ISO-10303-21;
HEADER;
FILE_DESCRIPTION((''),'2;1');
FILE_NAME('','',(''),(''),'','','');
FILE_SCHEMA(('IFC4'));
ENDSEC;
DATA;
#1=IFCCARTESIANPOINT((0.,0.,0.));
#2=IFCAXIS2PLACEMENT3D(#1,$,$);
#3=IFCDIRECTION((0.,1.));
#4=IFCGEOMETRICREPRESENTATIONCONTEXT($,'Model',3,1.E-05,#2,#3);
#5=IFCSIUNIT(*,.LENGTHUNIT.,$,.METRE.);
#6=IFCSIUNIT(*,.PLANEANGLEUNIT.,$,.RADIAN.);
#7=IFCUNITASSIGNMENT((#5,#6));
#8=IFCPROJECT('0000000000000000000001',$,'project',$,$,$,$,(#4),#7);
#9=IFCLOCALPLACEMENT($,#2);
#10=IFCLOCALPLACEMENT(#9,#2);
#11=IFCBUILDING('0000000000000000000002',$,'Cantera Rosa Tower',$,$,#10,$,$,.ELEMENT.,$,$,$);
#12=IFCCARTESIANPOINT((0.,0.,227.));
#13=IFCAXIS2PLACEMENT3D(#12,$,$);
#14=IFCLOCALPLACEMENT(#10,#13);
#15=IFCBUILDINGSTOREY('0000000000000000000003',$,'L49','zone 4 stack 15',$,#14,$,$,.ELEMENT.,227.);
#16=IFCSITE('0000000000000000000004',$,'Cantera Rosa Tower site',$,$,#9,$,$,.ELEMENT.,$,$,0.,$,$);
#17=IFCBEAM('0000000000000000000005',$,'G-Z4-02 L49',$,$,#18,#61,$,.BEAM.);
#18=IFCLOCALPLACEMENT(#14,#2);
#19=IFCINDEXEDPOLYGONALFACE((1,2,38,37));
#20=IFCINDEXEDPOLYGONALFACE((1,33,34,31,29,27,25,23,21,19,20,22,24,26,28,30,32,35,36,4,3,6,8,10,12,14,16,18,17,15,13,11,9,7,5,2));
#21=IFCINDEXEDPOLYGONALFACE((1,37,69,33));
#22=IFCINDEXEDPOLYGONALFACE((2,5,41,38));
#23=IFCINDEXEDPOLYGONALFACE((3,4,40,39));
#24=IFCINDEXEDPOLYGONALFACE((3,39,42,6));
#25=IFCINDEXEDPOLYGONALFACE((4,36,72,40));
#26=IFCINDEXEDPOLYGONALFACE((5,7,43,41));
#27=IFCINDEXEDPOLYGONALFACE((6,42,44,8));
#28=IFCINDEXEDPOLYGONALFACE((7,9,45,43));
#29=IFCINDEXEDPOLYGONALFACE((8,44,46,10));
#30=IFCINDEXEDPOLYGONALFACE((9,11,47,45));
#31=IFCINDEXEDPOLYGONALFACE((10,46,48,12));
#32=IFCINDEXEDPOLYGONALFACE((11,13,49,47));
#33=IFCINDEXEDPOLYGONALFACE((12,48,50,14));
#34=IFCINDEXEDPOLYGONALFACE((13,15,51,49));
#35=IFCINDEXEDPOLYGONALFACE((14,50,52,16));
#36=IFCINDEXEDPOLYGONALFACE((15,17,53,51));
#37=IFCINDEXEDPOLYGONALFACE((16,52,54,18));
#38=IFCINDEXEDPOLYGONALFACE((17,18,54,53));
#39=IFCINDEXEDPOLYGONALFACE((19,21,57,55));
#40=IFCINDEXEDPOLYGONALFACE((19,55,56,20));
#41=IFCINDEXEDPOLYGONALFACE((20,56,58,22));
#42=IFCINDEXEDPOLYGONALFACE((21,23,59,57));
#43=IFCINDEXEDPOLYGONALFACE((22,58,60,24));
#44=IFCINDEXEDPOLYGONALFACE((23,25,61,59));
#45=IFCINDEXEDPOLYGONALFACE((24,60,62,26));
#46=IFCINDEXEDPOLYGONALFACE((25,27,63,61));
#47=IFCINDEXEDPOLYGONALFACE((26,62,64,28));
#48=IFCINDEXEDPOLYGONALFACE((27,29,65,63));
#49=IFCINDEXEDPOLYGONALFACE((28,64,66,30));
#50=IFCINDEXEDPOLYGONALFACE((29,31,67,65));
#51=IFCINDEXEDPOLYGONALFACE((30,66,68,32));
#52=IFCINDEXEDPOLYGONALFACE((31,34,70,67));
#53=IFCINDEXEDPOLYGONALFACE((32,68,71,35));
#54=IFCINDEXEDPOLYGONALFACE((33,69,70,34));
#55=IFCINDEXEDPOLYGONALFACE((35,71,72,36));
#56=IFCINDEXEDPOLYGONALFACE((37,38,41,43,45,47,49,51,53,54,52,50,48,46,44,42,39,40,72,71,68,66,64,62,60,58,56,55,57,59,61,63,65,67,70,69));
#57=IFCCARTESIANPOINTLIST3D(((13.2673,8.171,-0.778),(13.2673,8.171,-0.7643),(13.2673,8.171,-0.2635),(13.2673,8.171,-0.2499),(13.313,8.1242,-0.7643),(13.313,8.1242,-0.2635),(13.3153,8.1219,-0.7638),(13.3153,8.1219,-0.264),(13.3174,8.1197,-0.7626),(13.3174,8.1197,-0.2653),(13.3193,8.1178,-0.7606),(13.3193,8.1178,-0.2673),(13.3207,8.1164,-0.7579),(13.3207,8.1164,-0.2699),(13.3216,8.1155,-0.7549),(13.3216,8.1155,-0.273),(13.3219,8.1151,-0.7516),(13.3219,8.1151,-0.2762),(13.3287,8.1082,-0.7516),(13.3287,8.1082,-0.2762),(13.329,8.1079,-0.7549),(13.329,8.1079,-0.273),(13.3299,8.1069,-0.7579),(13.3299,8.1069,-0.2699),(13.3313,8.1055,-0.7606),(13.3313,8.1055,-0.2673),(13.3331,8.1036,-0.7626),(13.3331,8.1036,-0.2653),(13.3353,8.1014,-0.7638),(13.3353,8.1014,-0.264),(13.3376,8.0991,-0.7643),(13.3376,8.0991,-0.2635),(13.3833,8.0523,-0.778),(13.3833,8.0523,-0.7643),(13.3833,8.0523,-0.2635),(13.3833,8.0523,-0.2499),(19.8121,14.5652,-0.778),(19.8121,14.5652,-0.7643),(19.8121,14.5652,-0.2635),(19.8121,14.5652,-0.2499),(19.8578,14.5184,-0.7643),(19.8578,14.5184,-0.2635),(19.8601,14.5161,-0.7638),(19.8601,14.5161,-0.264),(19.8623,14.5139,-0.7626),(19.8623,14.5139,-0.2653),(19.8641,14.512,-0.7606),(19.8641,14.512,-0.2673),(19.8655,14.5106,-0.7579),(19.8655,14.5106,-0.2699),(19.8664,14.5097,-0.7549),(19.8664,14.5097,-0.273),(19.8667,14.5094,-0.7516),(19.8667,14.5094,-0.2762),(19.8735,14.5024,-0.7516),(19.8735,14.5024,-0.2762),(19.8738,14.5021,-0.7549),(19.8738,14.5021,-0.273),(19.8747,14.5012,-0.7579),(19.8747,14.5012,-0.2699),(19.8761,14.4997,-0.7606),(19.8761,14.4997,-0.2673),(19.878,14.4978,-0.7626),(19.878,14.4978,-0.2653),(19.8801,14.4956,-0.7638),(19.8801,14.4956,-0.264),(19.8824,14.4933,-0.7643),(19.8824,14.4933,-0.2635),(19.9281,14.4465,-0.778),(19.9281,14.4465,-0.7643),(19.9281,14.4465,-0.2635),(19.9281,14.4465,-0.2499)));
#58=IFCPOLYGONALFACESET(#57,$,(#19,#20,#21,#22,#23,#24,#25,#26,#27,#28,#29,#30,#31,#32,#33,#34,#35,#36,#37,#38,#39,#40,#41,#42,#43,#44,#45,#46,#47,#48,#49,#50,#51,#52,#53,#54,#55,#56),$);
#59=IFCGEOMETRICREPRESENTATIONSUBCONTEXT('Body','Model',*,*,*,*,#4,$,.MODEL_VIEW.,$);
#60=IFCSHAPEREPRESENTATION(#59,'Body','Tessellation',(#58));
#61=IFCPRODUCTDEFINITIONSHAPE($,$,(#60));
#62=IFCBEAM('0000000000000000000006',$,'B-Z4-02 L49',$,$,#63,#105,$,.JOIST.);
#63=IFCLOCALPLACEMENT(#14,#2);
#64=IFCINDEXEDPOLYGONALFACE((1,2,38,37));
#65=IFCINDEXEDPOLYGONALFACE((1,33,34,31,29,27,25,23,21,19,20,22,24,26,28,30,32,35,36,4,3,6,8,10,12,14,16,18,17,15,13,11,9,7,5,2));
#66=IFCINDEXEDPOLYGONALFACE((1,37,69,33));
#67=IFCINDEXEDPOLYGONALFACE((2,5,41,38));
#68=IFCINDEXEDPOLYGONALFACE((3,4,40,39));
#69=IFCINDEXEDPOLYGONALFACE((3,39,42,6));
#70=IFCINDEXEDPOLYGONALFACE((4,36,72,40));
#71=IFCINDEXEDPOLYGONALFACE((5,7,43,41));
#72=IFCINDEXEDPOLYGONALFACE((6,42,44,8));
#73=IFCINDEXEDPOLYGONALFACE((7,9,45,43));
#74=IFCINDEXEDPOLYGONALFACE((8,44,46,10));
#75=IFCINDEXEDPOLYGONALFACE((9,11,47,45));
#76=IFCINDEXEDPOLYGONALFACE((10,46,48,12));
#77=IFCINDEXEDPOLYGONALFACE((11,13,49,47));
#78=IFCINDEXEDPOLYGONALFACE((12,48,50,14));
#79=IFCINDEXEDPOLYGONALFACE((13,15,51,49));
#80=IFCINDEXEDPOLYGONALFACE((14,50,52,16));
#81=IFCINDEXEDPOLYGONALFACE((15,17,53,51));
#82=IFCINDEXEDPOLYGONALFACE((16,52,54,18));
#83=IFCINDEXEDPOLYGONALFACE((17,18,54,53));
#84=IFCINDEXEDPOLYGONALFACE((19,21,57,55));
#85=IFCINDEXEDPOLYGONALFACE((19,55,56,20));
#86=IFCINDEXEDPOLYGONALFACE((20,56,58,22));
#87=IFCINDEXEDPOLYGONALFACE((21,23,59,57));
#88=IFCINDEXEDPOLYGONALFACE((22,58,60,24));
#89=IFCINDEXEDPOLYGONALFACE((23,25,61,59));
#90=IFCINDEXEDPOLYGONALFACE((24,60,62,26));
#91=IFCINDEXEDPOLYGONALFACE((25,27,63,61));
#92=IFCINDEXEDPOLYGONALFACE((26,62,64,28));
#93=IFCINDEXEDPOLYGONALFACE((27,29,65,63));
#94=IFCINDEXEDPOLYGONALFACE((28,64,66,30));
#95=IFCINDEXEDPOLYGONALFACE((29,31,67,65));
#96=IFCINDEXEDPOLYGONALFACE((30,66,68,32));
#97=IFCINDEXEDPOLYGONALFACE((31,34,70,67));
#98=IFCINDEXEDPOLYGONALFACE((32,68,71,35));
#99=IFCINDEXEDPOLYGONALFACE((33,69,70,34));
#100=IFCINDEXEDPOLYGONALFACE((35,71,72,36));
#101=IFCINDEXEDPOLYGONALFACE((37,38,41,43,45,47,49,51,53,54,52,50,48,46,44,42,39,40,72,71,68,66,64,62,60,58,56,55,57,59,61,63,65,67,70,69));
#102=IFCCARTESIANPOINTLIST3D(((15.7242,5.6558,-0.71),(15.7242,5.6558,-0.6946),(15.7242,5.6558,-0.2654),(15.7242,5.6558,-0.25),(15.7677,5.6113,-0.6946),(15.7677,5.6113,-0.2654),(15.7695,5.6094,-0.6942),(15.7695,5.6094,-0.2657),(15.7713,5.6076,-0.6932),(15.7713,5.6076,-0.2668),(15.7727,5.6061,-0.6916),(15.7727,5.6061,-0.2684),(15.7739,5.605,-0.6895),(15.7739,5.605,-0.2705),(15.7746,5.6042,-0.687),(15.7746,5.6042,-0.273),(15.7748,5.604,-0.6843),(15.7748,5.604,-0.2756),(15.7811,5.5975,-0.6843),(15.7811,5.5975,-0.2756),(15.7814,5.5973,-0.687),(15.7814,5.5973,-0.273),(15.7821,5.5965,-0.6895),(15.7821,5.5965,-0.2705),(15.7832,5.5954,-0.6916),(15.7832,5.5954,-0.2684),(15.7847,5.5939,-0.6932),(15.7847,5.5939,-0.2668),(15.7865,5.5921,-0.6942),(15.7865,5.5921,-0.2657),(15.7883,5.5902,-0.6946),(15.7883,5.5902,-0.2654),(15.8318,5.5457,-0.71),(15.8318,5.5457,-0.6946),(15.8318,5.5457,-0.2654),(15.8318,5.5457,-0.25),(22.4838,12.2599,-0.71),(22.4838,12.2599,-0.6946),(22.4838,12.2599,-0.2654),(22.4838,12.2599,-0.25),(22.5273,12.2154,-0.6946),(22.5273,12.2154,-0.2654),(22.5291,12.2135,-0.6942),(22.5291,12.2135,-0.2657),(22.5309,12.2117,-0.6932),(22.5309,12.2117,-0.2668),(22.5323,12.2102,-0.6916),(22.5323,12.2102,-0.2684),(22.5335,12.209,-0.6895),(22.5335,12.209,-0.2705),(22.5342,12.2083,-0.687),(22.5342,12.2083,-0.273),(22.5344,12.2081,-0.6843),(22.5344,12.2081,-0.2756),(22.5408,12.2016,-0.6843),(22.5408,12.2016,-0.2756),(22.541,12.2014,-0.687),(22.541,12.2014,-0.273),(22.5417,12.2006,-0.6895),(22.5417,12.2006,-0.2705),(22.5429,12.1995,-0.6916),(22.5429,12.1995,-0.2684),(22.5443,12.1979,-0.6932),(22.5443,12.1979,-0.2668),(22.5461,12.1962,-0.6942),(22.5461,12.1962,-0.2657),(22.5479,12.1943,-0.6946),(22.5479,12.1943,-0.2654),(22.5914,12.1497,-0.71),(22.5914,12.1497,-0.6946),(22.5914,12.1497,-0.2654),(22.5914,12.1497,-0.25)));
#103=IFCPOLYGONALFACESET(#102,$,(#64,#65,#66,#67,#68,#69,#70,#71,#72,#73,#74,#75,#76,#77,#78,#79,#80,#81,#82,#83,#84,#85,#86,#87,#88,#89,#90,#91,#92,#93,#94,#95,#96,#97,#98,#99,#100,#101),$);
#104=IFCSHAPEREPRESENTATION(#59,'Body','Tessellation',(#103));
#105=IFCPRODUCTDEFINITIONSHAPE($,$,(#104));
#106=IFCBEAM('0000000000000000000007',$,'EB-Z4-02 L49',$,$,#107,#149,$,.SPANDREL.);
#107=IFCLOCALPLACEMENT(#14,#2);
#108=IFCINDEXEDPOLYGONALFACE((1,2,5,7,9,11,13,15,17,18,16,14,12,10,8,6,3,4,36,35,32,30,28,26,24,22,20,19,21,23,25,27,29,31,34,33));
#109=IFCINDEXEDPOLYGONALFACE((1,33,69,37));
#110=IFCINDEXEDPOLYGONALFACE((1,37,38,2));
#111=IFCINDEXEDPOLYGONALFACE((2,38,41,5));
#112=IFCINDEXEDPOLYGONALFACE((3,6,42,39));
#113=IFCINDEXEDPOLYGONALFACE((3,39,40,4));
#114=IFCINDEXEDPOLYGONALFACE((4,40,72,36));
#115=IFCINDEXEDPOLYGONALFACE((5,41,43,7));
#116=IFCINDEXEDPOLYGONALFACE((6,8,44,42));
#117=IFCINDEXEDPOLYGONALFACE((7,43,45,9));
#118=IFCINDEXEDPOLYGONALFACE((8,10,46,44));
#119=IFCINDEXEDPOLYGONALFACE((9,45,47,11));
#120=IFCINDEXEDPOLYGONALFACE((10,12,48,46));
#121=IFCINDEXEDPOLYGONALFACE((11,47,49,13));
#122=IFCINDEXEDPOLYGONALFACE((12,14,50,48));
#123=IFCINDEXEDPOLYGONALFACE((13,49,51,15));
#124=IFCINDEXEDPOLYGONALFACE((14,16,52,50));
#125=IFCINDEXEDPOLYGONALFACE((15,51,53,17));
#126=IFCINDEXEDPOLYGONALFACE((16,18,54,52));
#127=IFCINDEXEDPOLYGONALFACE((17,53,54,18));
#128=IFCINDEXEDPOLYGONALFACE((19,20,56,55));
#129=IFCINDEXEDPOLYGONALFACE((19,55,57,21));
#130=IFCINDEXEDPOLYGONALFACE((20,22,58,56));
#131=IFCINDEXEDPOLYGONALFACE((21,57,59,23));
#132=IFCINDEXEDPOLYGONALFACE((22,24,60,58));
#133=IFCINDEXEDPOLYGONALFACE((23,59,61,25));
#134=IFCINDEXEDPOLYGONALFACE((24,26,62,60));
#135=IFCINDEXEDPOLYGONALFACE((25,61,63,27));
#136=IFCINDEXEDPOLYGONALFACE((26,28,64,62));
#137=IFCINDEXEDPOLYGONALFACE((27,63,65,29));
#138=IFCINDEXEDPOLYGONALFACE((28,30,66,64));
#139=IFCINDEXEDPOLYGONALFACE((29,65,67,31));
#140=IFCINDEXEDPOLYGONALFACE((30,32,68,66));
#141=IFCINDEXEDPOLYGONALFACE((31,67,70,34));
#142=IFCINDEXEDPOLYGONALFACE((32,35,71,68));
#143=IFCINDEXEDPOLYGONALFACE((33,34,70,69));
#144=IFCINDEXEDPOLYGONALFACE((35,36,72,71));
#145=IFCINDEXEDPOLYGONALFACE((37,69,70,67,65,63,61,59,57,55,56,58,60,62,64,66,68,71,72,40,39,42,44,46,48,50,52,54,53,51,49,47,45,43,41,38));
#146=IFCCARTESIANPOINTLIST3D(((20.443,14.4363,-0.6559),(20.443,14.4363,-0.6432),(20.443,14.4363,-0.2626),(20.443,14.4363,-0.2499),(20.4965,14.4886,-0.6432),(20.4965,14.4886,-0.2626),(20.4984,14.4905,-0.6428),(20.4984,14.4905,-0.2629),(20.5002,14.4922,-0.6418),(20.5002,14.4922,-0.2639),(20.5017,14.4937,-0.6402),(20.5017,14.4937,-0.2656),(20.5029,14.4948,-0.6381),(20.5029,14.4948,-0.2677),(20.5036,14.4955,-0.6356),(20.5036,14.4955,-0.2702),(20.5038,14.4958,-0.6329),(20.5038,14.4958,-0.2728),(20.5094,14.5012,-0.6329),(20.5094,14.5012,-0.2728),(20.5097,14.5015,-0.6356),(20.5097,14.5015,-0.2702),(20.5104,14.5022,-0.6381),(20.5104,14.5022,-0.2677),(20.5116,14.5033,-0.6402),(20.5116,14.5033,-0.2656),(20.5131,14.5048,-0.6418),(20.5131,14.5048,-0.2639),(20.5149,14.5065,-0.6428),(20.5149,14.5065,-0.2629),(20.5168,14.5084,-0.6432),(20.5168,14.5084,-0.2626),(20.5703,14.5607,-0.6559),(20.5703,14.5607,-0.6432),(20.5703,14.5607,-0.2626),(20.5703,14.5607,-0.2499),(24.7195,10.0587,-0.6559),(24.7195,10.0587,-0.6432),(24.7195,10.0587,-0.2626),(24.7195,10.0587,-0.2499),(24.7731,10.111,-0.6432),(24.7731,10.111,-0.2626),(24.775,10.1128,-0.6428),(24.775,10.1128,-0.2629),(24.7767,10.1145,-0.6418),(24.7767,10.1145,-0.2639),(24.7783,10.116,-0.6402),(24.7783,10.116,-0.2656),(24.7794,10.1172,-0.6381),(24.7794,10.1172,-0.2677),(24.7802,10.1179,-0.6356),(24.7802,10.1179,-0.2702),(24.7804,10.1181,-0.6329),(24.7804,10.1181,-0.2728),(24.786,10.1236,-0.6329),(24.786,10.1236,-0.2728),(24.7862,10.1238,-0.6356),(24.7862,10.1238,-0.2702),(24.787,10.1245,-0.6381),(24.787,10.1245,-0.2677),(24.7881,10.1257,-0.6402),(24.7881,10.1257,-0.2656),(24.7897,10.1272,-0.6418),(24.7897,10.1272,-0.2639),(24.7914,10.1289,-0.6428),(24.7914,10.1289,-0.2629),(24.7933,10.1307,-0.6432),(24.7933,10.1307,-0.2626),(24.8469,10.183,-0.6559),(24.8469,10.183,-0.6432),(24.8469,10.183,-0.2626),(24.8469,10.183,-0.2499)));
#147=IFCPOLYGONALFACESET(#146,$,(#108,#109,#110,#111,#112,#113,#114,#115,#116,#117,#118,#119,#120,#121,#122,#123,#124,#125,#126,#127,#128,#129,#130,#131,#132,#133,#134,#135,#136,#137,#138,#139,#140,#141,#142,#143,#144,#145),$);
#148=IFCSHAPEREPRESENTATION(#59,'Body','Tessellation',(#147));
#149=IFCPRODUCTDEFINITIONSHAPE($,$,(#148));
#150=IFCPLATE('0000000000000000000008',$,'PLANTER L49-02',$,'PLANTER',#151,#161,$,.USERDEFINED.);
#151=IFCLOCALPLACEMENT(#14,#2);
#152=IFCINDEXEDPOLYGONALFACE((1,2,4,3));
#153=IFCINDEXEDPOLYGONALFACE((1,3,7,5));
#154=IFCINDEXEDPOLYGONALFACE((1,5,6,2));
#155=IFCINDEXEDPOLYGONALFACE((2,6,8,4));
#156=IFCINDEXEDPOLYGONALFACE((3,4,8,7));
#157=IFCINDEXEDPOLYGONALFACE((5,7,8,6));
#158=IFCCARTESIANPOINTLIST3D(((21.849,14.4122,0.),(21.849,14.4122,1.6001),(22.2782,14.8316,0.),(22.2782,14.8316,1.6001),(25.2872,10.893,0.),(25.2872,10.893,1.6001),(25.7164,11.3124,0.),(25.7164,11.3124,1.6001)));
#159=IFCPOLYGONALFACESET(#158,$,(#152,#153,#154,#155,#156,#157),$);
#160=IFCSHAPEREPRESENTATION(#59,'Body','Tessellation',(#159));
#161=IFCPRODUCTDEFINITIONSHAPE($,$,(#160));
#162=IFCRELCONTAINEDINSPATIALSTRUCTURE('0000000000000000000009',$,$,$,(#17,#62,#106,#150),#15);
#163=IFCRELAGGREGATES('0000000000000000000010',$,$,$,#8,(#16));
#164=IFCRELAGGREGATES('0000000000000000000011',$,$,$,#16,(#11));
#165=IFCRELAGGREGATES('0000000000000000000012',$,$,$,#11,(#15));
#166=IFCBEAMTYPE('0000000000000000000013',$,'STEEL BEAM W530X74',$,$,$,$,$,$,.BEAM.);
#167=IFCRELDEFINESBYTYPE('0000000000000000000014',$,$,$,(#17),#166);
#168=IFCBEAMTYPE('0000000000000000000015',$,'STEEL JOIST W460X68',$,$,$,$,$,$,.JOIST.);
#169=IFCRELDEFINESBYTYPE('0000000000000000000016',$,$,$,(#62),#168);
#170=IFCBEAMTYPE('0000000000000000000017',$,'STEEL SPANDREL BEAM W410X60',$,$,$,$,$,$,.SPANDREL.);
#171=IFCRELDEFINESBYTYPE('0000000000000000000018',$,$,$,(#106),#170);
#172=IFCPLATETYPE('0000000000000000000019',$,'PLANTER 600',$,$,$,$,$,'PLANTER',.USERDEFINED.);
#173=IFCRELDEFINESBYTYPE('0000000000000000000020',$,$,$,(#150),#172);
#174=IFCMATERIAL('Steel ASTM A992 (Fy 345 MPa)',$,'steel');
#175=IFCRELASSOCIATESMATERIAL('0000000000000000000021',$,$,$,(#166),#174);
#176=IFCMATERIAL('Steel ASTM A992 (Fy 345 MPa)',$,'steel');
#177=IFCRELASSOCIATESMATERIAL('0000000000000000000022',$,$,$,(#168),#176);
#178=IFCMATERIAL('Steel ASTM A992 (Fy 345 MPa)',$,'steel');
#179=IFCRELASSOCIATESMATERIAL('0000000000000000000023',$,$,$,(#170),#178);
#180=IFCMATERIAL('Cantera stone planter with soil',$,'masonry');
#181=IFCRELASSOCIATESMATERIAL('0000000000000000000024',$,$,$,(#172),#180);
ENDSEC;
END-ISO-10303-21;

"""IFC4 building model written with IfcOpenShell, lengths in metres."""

from ifc_helpers import new_model, si_unit, direction, frame, origin, origin_2d, place, context, subcontext, project, spatial, rectangle, i_section, extrude, material, material_profile, profile_set, type_object, element, save


model = new_model("IFC4")

# Units and contexts
model_context = context("Model", 3, precision=1e-05, world=origin(), true_north=direction((0.0, 1.0)))
body_context = subcontext(model_context, "Body", "Model", "MODEL_VIEW")
ifc_project = project(units=[si_unit("LENGTHUNIT", "METRE"), si_unit("PLANEANGLEUNIT", "RADIAN")], contexts=[model_context])

# Site, building, storey
site_placement = place(None, origin())
site = spatial("IfcSite", under=ifc_project, at=site_placement, Name="Cantera Rosa Tower site", CompositionType="ELEMENT", RefElevation=0.0)
building_placement = place(site_placement, origin())
building = spatial("IfcBuilding", under=site, at=building_placement, Name="Cantera Rosa Tower", CompositionType="ELEMENT")
storey_placement = place(building_placement, frame((0.0, 0.0, 227.0)))
storey = spatial("IfcBuildingStorey", under=building, at=storey_placement, Name="L49", Description="zone 4 stack 15", CompositionType="ELEMENT", Elevation=227.0)

# Beams
ifc_material_1 = material(Name="Steel ASTM A992 (Fy 345 MPa)", Category="steel")
ifc_material_profile_1 = material_profile(ifc_material_1, i_section(OverallWidth=0.166, OverallDepth=0.5281, WebThickness=0.0098, FlangeThickness=0.0137, FilletRadius=0.0127, at=origin_2d()), Name="W530X74")
ifc_profile_set_1 = profile_set([ifc_material_profile_1], Name="Steel ASTM A992 (Fy 345 MPa)")
beam_type_1 = type_object("IfcBeamType", Name="STEEL BEAM W530X74", PredefinedType="BEAM", material=ifc_profile_set_1)
beam_1_placement = place(storey_placement, frame((19.8701, 14.5059, -0.5139), z_axis=(-0.71529, -0.698827, 0.0), x_axis=(0.698827, -0.71529, 0.0)))
element("IfcBeam", 1, at=beam_1_placement, inside=storey, type_object=beam_type_1, Name="G-Z4-02 L49", PredefinedType="BEAM", context=body_context, shape_type="SweptSolid", body=[
    extrude(i_section(OverallWidth=0.166, OverallDepth=0.5281, WebThickness=0.0098, FlangeThickness=0.0137, FilletRadius=0.0127, at=origin_2d()), origin(), (0.0, 0.0, 1.0), 9.1499),
])
ifc_material_2 = material(Name="Steel ASTM A992 (Fy 345 MPa)", Category="steel")
ifc_material_profile_2 = material_profile(ifc_material_2, i_section(OverallWidth=0.1541, OverallDepth=0.46, WebThickness=0.009, FlangeThickness=0.0154, FilletRadius=0.0103, at=origin_2d()), Name="W460X68")
ifc_profile_set_2 = profile_set([ifc_material_profile_2], Name="Steel ASTM A992 (Fy 345 MPa)")
beam_type_2 = type_object("IfcBeamType", Name="STEEL JOIST W460X68", PredefinedType="JOIST", material=ifc_profile_set_2)
beam_2_placement = place(storey_placement, frame((22.5376, 12.2048, -0.48), z_axis=(-0.715287, -0.698831, 0.0), x_axis=(0.698831, -0.715287, 0.0)))
element("IfcBeam", 2, at=beam_2_placement, inside=storey, type_object=beam_type_2, Name="B-Z4-02 L49", PredefinedType="JOIST", context=body_context, shape_type="SweptSolid", body=[
    extrude(i_section(OverallWidth=0.1541, OverallDepth=0.46, WebThickness=0.009, FlangeThickness=0.0154, FilletRadius=0.0103, at=origin_2d()), origin(), (0.0, 0.0, 1.0), 9.4502),
])
ifc_material_3 = material(Name="Steel ASTM A992 (Fy 345 MPa)", Category="steel")
ifc_material_profile_3 = material_profile(ifc_material_3, i_section(OverallWidth=0.178, OverallDepth=0.406, WebThickness=0.0078, FlangeThickness=0.0127, FilletRadius=0.0103, at=origin_2d()), Name="W410X60")
ifc_profile_set_3 = profile_set([ifc_material_profile_3], Name="Steel ASTM A992 (Fy 345 MPa)")
beam_type_3 = type_object("IfcBeamType", Name="STEEL SPANDREL BEAM W410X60", PredefinedType="SPANDREL", material=ifc_profile_set_3)
beam_3_placement = place(storey_placement, frame((24.7832, 10.1208, -0.4529), z_axis=(-0.698801, 0.715316, 0.0), x_axis=(-0.715316, -0.698801, 0.0)))
element("IfcBeam", 3, at=beam_3_placement, inside=storey, type_object=beam_type_3, Name="EB-Z4-02 L49", PredefinedType="SPANDREL", context=body_context, shape_type="SweptSolid", body=[
    extrude(i_section(OverallWidth=0.178, OverallDepth=0.406, WebThickness=0.0078, FlangeThickness=0.0127, FilletRadius=0.0103, at=origin_2d()), origin(), (0.0, 0.0, 1.0), 6.1199),
])

# Plate
ifc_material_4 = material(Name="Cantera stone planter with soil", Category="masonry")
plate_type = type_object("IfcPlateType", Name="PLANTER 600", ElementType="PLANTER", PredefinedType="USERDEFINED", material=ifc_material_4)
plate_placement = place(storey_placement, frame((23.7827, 12.8623, 0.0), z_axis=(0.0, 0.0, 1.0), x_axis=(-0.698832, 0.715286, 0.0)))
element("IfcPlate", 4, at=plate_placement, inside=storey, type_object=plate_type, Name="PLANTER L49-02", ObjectType="PLANTER", PredefinedType="USERDEFINED", context=body_context, shape_type="SweptSolid", body=[
    extrude(rectangle(XDim=4.9199, YDim=0.6001, at=origin_2d()), origin(), (0.0, 0.0, 1.0), 1.6001),
])

save(model, "model.ifc")
